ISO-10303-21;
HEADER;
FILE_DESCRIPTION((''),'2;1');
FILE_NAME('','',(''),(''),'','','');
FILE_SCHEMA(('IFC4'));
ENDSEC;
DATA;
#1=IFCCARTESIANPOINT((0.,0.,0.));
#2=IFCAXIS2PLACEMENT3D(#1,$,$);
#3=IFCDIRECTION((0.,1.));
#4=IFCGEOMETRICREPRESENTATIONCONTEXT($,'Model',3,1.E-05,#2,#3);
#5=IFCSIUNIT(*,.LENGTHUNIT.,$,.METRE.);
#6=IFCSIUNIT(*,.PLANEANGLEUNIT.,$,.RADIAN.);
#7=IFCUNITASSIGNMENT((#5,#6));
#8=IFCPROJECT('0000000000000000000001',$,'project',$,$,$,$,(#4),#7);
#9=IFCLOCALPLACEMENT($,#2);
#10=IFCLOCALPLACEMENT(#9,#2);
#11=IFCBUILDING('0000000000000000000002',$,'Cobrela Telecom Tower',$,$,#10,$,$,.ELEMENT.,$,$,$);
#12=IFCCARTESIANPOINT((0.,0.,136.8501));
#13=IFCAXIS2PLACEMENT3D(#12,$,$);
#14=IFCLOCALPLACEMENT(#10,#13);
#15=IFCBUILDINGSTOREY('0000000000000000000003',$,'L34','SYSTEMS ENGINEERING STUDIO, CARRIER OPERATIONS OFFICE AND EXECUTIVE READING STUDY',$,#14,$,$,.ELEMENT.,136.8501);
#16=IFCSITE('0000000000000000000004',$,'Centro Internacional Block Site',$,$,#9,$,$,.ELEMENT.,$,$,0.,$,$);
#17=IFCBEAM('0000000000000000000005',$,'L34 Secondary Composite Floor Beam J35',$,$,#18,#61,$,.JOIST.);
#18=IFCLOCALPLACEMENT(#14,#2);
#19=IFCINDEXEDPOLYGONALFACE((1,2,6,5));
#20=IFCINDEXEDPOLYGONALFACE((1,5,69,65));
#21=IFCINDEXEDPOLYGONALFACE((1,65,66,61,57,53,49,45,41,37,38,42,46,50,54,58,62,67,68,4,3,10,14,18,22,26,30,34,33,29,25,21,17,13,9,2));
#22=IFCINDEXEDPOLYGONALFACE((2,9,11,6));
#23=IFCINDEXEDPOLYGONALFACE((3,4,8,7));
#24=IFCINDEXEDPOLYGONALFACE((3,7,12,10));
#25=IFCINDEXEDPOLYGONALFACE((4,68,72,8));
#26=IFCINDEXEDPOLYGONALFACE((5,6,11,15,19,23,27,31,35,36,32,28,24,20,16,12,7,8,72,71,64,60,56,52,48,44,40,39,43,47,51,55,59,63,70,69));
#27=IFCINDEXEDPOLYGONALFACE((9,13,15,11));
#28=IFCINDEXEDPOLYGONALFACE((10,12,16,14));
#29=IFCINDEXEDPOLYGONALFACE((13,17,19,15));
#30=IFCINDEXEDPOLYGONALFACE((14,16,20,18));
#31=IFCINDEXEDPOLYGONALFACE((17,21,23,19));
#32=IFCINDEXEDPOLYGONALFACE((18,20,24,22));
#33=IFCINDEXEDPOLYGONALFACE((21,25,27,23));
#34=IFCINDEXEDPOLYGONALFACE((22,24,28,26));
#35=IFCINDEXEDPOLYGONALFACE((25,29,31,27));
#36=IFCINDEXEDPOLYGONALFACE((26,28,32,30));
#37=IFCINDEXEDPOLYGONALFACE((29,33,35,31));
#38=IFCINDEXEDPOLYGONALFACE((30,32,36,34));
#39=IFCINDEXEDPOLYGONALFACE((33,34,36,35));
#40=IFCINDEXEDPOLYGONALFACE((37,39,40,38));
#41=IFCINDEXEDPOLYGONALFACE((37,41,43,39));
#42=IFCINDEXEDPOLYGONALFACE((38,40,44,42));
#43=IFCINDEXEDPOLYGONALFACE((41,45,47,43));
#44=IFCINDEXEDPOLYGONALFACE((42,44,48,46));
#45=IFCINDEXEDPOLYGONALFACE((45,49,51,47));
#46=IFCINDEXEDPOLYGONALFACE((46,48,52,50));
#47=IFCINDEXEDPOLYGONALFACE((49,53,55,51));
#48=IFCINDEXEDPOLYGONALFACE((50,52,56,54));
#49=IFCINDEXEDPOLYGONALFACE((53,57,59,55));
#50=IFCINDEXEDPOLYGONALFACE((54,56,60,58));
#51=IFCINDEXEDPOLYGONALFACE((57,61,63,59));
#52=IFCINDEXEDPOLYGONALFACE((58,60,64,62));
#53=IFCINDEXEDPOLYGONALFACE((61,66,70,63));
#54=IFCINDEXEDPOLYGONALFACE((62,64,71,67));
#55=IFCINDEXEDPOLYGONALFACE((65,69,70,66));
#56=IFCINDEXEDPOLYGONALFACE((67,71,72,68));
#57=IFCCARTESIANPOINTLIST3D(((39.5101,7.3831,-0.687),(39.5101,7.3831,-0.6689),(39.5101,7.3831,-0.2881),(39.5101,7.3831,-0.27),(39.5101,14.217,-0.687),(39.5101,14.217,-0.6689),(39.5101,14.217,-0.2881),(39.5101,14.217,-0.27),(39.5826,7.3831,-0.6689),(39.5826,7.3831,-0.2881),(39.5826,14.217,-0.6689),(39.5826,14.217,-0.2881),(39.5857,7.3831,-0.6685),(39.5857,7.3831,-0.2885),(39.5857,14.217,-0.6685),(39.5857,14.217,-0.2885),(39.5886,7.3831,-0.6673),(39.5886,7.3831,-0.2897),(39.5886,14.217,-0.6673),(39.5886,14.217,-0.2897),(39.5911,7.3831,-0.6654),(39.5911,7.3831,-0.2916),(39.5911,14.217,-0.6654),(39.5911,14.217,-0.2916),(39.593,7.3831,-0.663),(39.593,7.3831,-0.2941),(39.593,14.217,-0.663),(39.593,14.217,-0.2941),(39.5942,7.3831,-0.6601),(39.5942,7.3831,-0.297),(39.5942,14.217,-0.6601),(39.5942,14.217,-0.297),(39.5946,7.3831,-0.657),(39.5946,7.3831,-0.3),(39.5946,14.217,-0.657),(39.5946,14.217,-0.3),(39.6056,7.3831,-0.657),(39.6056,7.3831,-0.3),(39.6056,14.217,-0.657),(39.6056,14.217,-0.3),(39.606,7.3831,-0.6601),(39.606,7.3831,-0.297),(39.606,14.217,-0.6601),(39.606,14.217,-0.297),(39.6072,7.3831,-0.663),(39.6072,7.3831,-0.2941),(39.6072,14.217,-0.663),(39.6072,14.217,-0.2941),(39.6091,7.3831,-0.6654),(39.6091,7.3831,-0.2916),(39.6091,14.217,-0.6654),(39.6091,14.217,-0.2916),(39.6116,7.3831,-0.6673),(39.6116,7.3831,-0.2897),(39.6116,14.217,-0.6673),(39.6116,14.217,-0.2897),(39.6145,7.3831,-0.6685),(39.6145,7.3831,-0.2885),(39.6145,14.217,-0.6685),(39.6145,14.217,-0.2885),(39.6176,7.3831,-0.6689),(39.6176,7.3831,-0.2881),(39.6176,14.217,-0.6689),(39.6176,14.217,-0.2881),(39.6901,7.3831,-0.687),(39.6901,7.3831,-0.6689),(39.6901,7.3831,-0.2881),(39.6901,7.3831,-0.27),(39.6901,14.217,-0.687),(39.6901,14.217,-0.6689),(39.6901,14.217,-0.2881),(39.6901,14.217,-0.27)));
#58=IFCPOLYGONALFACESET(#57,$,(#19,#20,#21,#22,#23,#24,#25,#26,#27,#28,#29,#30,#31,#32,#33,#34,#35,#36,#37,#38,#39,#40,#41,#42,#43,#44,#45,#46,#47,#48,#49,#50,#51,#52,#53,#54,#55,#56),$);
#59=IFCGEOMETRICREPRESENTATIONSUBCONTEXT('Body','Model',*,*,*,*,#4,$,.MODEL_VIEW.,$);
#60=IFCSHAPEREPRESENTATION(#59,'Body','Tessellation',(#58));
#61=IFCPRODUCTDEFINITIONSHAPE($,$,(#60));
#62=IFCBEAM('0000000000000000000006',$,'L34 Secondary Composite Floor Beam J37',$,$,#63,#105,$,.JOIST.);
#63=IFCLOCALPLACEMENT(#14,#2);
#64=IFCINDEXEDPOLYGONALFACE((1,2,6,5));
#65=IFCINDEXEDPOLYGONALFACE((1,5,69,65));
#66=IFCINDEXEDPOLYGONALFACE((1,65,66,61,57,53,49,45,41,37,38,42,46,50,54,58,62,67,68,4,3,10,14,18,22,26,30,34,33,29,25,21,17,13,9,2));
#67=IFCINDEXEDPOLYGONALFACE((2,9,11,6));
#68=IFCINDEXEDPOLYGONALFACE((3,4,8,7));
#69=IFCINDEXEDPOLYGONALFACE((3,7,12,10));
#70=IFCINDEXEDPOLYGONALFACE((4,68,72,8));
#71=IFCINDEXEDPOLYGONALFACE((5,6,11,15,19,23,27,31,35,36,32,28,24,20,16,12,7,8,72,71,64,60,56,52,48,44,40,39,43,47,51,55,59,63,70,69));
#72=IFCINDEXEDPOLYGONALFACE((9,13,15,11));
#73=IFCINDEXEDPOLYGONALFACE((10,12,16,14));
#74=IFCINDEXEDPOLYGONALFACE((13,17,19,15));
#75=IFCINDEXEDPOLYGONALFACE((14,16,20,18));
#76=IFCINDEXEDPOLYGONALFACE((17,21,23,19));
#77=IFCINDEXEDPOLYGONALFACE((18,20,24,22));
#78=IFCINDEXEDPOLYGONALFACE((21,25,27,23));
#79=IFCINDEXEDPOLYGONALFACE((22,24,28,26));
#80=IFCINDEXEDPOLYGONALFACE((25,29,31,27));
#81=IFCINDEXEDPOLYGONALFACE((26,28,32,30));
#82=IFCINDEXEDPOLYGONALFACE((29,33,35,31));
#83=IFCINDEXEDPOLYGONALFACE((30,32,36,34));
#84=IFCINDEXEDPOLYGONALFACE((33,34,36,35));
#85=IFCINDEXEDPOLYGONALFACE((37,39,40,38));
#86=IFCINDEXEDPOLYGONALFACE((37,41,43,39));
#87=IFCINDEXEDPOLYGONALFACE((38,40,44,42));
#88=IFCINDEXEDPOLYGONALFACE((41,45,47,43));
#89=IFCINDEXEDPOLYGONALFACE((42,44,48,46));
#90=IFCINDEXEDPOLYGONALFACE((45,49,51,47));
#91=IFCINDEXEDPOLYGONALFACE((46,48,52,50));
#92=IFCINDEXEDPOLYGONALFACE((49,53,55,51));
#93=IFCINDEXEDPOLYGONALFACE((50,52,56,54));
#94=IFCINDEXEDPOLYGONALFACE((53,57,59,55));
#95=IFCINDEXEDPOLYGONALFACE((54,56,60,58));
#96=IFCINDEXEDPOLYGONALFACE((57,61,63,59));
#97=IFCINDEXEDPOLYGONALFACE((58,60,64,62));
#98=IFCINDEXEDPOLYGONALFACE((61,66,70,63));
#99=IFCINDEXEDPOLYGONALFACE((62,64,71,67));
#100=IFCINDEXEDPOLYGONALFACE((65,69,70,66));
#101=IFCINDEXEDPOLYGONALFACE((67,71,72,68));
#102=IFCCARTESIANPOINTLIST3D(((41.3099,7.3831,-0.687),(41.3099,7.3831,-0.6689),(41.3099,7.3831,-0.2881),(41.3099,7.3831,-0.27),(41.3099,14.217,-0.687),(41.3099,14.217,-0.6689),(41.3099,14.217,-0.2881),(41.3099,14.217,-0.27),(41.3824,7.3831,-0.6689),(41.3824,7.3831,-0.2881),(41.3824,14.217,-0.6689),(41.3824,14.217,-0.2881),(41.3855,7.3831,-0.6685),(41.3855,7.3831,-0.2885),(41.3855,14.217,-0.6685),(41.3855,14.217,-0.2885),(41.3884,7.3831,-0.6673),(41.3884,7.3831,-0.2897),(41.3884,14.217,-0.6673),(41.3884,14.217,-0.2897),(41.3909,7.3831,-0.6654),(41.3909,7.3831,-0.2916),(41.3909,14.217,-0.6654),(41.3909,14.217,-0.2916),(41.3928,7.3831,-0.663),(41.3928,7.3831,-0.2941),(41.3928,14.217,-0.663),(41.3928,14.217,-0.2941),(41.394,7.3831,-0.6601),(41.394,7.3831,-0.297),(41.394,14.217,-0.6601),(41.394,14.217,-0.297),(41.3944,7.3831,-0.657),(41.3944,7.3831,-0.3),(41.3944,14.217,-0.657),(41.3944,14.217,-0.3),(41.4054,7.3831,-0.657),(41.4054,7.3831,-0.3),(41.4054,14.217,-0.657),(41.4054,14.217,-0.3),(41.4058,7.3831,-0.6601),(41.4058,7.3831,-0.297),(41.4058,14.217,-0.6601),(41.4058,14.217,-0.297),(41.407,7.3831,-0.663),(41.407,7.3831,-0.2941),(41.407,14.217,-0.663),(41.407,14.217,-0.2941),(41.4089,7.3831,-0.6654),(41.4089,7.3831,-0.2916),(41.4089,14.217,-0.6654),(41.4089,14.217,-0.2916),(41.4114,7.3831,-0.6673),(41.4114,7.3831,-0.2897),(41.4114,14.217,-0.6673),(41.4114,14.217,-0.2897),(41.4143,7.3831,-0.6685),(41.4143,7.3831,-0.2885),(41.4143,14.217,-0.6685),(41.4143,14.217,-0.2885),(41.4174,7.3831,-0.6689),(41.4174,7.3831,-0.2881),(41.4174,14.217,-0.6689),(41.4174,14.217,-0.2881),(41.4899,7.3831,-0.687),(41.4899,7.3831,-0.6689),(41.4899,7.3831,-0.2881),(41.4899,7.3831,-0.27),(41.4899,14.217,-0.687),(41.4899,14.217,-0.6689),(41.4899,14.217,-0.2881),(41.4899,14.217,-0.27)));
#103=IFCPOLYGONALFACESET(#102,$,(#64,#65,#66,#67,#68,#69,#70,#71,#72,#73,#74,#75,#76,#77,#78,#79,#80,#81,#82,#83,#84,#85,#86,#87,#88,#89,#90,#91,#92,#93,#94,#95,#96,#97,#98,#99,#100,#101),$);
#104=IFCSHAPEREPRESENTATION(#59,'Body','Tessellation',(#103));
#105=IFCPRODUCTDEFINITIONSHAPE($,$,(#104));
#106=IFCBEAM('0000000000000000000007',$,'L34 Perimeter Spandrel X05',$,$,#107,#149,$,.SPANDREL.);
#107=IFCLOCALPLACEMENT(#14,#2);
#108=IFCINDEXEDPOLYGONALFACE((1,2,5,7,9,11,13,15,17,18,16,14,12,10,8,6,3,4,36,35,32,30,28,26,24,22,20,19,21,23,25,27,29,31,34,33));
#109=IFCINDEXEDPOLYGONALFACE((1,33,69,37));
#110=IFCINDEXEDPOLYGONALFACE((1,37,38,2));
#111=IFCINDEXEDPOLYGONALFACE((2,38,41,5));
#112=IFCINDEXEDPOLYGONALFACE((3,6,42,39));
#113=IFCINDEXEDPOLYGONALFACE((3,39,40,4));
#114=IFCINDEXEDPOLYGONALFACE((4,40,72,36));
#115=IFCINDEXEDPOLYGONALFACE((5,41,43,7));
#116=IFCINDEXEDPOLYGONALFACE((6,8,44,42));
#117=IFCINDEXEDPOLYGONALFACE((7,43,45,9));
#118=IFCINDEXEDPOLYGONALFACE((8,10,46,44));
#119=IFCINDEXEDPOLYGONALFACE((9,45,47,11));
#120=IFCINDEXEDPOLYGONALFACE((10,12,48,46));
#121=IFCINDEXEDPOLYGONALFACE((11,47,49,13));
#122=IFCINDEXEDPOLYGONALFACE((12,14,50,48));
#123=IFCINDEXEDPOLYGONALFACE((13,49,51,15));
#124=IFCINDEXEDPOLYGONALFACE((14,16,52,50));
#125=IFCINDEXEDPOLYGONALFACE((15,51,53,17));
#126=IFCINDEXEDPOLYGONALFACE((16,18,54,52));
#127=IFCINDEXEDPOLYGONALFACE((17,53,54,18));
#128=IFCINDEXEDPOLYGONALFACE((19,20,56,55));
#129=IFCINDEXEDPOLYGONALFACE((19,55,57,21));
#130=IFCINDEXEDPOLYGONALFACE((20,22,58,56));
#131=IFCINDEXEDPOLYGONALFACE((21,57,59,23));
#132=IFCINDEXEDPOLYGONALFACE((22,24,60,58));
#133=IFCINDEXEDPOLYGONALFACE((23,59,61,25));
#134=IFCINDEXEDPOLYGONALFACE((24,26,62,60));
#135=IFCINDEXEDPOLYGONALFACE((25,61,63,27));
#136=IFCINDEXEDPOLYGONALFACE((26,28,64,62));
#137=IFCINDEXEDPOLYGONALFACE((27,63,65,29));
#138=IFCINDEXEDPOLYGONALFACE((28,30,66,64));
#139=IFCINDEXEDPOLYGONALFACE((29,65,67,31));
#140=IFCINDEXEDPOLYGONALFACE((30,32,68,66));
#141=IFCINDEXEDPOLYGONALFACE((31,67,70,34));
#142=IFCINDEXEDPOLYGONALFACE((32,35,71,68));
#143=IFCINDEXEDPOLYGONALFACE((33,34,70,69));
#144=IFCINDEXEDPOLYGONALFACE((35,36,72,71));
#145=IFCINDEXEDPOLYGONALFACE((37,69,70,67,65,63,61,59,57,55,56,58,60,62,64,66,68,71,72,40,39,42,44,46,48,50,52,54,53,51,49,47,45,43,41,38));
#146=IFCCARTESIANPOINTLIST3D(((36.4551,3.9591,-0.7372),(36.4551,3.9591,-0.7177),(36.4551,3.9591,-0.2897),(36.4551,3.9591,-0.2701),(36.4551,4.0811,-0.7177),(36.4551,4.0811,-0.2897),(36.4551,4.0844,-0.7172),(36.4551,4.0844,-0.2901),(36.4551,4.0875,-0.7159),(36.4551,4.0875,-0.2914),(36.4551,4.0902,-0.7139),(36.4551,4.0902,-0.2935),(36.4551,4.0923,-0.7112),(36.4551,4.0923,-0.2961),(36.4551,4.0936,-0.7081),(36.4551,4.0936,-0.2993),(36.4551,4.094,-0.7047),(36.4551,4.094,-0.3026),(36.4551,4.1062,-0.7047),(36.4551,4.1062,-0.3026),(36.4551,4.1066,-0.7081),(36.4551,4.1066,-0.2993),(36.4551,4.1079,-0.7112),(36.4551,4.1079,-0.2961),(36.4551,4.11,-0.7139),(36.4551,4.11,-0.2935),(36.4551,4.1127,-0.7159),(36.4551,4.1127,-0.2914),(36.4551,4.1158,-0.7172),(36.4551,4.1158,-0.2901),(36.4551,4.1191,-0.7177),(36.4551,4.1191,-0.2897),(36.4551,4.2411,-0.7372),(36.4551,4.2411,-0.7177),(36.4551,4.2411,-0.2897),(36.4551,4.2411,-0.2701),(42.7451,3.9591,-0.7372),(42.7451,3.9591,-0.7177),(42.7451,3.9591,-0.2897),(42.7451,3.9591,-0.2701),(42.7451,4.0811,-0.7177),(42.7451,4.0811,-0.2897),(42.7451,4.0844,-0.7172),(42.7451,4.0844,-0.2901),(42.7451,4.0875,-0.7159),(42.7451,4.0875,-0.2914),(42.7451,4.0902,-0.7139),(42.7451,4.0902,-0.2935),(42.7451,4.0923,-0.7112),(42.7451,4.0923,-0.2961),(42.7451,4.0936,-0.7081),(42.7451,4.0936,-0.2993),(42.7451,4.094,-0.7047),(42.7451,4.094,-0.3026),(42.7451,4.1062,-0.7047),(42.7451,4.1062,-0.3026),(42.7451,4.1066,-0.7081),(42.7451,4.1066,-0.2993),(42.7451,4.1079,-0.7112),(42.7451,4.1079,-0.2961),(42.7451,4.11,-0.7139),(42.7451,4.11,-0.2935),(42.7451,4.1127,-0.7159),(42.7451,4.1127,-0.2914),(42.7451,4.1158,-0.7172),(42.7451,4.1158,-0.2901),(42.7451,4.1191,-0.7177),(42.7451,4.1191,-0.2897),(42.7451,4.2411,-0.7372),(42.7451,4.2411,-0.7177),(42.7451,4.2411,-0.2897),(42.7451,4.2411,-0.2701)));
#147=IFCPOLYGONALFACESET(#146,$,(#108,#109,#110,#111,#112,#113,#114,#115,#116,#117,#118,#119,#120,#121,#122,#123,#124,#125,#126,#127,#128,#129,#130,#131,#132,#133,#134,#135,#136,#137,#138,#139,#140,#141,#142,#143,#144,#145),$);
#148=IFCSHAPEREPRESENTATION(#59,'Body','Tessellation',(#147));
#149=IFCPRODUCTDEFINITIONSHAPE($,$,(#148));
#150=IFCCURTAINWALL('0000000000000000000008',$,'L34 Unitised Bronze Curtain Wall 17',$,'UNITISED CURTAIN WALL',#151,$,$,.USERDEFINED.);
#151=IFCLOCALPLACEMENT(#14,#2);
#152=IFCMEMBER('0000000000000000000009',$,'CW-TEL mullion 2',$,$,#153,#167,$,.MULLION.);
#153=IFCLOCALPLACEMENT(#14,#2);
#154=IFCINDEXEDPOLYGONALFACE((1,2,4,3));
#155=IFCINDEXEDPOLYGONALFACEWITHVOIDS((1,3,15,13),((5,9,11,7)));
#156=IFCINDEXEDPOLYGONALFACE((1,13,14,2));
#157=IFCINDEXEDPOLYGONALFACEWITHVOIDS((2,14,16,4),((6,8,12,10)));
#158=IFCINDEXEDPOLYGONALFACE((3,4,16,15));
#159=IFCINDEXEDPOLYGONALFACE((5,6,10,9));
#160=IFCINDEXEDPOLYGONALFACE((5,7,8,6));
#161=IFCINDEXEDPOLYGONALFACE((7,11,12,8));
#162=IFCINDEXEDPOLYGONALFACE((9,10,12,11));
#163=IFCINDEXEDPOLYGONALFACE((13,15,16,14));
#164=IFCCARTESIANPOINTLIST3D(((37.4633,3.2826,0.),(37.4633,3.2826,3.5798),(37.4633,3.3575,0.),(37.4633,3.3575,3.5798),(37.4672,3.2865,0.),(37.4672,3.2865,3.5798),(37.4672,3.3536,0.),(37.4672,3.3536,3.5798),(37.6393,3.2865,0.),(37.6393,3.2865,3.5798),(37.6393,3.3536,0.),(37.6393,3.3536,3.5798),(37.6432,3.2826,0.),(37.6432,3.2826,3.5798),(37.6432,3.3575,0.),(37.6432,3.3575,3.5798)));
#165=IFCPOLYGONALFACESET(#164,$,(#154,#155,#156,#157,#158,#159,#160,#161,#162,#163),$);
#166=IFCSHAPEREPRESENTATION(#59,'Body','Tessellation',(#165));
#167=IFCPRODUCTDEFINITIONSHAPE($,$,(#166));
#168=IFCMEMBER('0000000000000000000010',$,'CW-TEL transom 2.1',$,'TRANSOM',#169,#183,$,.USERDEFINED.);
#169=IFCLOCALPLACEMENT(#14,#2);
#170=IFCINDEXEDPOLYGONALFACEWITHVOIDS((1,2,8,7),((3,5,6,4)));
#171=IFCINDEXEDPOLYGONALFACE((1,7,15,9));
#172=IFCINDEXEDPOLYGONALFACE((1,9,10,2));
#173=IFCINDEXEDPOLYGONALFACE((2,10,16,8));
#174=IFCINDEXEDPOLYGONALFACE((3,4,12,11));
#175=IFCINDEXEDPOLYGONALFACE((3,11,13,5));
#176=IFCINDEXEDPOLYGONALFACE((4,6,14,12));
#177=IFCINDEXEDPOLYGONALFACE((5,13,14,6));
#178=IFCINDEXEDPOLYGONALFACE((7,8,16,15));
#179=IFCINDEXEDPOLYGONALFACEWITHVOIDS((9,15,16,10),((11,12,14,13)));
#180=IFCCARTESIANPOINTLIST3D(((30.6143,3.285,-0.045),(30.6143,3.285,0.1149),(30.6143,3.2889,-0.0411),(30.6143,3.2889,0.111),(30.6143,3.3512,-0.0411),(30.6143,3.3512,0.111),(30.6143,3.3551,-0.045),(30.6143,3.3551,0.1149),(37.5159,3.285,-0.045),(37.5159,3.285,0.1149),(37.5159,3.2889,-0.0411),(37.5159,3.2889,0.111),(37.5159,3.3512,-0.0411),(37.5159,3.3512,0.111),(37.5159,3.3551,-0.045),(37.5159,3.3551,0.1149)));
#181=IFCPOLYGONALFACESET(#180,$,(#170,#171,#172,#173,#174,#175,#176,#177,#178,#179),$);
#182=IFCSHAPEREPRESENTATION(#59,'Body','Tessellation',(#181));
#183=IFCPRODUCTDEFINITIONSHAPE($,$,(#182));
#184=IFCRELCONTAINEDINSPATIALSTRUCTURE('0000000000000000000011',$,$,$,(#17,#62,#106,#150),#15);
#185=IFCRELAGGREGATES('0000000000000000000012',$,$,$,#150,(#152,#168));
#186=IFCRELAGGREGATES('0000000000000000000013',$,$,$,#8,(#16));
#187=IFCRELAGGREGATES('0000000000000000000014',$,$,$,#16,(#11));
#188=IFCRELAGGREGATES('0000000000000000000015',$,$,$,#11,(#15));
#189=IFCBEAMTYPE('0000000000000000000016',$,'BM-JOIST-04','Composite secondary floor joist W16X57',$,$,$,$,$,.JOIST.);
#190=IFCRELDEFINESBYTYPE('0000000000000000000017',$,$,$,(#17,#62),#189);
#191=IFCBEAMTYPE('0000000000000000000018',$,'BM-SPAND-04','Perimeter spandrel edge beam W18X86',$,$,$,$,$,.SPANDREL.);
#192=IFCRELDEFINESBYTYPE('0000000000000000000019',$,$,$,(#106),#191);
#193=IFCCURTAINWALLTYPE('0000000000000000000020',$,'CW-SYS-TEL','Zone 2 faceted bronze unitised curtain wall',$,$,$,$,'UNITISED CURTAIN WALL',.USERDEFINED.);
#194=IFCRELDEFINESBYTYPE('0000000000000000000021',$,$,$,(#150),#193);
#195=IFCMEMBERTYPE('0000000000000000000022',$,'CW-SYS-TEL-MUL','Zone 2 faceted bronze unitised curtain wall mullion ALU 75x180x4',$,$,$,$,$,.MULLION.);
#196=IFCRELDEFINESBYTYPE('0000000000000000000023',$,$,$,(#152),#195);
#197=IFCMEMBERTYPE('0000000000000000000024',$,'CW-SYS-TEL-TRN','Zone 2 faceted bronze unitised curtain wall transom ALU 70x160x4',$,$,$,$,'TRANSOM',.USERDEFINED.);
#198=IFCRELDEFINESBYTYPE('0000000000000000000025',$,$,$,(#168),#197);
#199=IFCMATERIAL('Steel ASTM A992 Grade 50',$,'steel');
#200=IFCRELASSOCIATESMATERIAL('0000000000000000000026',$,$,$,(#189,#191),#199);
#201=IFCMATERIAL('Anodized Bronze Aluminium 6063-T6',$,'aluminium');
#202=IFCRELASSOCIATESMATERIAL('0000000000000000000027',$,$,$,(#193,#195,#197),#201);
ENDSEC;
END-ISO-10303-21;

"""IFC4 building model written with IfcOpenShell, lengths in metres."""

from ifc_helpers import new_model, si_unit, direction, frame, origin, origin_2d, place, context, subcontext, project, spatial, hollow_rectangle, i_section, extrude, material, material_profile, profile_set, type_object, element, aggregate, save


model = new_model("IFC4")

# Units and contexts
model_context = context("Model", 3, precision=1e-05, world=origin(), true_north=direction((0.0, 1.0)))
body_context = subcontext(model_context, "Body", "Model", "MODEL_VIEW")
ifc_project = project(units=[si_unit("LENGTHUNIT", "METRE"), si_unit("PLANEANGLEUNIT", "RADIAN")], contexts=[model_context])

# Site, building, storey
site_placement = place(None, origin())
site = spatial("IfcSite", under=ifc_project, at=site_placement, Name="Centro Internacional Block Site", CompositionType="ELEMENT", RefElevation=0.0)
building_placement = place(site_placement, origin())
building = spatial("IfcBuilding", under=site, at=building_placement, Name="Cobrela Telecom Tower", CompositionType="ELEMENT")
storey_placement = place(building_placement, frame((0.0, 0.0, 136.8501)))
storey = spatial("IfcBuildingStorey", under=building, at=storey_placement, Name="L34", Description="SYSTEMS ENGINEERING STUDIO, CARRIER OPERATIONS OFFICE AND EXECUTIVE READING STUDY", CompositionType="ELEMENT", Elevation=136.8501)

# Shared definitions
ifc_material_1 = material(Name="Steel ASTM A992 Grade 50", Category="steel")

# Beams
ifc_material_profile_1 = material_profile(ifc_material_1, i_section(OverallWidth=0.1799, OverallDepth=0.417, WebThickness=0.011, FlangeThickness=0.0181, FilletRadius=0.012, at=origin_2d()), Name="W16X57")
ifc_profile_set_1 = profile_set([ifc_material_profile_1], Name="Steel ASTM A992 Grade 50")
beam_type_1 = type_object("IfcBeamType", Name="BM-JOIST-04", Description="Composite secondary floor joist W16X57", PredefinedType="JOIST", material=ifc_profile_set_1)
for number, where, z_axis, x_axis, name in (
    (1, (39.6001, 7.3831, -0.4785), (0.0, 1.0, 0.0), (-1.0, 0.0, 0.0), "L34 Secondary Composite Floor Beam J35"),
    (2, (41.3999, 7.3831, -0.4785), (0.0, 1.0, 0.0), (-1.0, 0.0, 0.0), "L34 Secondary Composite Floor Beam J37"),
):
    element("IfcBeam", number, at=place(storey_placement, frame(where, z_axis=z_axis, x_axis=x_axis)), inside=storey, type_object=beam_type_1, Name=name, PredefinedType="JOIST", context=body_context, shape_type="SweptSolid", body=[
        extrude(i_section(OverallWidth=0.1799, OverallDepth=0.417, WebThickness=0.011, FlangeThickness=0.0181, FilletRadius=0.012, at=origin_2d()), origin(), (0.0, 0.0, 1.0), 6.834),
    ])
ifc_material_profile_2 = material_profile(ifc_material_1, i_section(OverallWidth=0.282, OverallDepth=0.467, WebThickness=0.0122, FlangeThickness=0.0195, FilletRadius=0.0129, at=origin_2d()), Name="W18X86")
ifc_profile_set_2 = profile_set([ifc_material_profile_2], Name="Steel ASTM A992 Grade 50")
beam_type_2 = type_object("IfcBeamType", Name="BM-SPAND-04", Description="Perimeter spandrel edge beam W18X86", PredefinedType="SPANDREL", material=ifc_profile_set_2)
beam_1_placement = place(storey_placement, frame((36.4551, 4.1001, -0.5037), z_axis=(1.0, 0.0, 0.0), x_axis=(0.0, 1.0, 0.0)))
element("IfcBeam", 3, at=beam_1_placement, inside=storey, type_object=beam_type_2, Name="L34 Perimeter Spandrel X05", PredefinedType="SPANDREL", context=body_context, shape_type="SweptSolid", body=[
    extrude(i_section(OverallWidth=0.282, OverallDepth=0.467, WebThickness=0.0122, FlangeThickness=0.0195, FilletRadius=0.0129, at=origin_2d()), origin(), (0.0, 0.0, 1.0), 6.29),
])

# Curtain wall, members
ifc_material_2 = material(Name="Anodized Bronze Aluminium 6063-T6", Category="aluminium")
curtain_wall_type = type_object("IfcCurtainWallType", Name="CW-SYS-TEL", Description="Zone 2 faceted bronze unitised curtain wall", ElementType="UNITISED CURTAIN WALL", PredefinedType="USERDEFINED", material=ifc_material_2)
curtain_wall_placement = place(storey_placement, origin())
curtain_wall = element("IfcCurtainWall", 4, at=curtain_wall_placement, inside=storey, type_object=curtain_wall_type, Name="L34 Unitised Bronze Curtain Wall 17", ObjectType="UNITISED CURTAIN WALL", PredefinedType="USERDEFINED")
ifc_material_profile_3 = material_profile(ifc_material_2, hollow_rectangle(XDim=0.075, YDim=0.1799, WallThickness=0.0039, at=origin_2d()), Name="ALU 75x180x4")
ifc_profile_set_3 = profile_set([ifc_material_profile_3], Name="Anodized Bronze Aluminium 6063-T6")
member_type_1 = type_object("IfcMemberType", Name="CW-SYS-TEL-MUL", Description="Zone 2 faceted bronze unitised curtain wall mullion ALU 75x180x4", PredefinedType="MULLION", material=ifc_profile_set_3)
member_1_placement = place(storey_placement, frame((37.5532, 3.3201, 0.0), z_axis=(0.0, 0.0, 1.0), x_axis=(0.0, -1.0, 0.0)))
member_1 = element("IfcMember", 5, at=member_1_placement, type_object=member_type_1, Name="CW-TEL mullion 2", PredefinedType="MULLION", context=body_context, shape_type="SweptSolid", body=[
    extrude(hollow_rectangle(XDim=0.075, YDim=0.1799, WallThickness=0.0039, at=origin_2d()), origin(), (0.0, 0.0, 1.0), 3.5798),
])
ifc_material_profile_4 = material_profile(ifc_material_2, hollow_rectangle(XDim=0.0701, YDim=0.1599, WallThickness=0.0039, at=origin_2d()), Name="ALU 70x160x4")
ifc_profile_set_4 = profile_set([ifc_material_profile_4], Name="Anodized Bronze Aluminium 6063-T6")
member_type_2 = type_object("IfcMemberType", Name="CW-SYS-TEL-TRN", Description="Zone 2 faceted bronze unitised curtain wall transom ALU 70x160x4", ElementType="TRANSOM", PredefinedType="USERDEFINED", material=ifc_profile_set_4)
member_2_placement = place(storey_placement, frame((37.5159, 3.3201, 0.0349), z_axis=(-1.0, 0.0, 0.0), x_axis=(0.0, -1.0, 0.0)))
member_2 = element("IfcMember", 6, at=member_2_placement, type_object=member_type_2, Name="CW-TEL transom 2.1", ObjectType="TRANSOM", PredefinedType="USERDEFINED", context=body_context, shape_type="SweptSolid", body=[
    extrude(hollow_rectangle(XDim=0.0701, YDim=0.1599, WallThickness=0.0039, at=origin_2d()), origin(), (0.0, 0.0, 1.0), 6.9016),
])
aggregate(curtain_wall, [member_1, member_2])

save(model, "model.ifc")
